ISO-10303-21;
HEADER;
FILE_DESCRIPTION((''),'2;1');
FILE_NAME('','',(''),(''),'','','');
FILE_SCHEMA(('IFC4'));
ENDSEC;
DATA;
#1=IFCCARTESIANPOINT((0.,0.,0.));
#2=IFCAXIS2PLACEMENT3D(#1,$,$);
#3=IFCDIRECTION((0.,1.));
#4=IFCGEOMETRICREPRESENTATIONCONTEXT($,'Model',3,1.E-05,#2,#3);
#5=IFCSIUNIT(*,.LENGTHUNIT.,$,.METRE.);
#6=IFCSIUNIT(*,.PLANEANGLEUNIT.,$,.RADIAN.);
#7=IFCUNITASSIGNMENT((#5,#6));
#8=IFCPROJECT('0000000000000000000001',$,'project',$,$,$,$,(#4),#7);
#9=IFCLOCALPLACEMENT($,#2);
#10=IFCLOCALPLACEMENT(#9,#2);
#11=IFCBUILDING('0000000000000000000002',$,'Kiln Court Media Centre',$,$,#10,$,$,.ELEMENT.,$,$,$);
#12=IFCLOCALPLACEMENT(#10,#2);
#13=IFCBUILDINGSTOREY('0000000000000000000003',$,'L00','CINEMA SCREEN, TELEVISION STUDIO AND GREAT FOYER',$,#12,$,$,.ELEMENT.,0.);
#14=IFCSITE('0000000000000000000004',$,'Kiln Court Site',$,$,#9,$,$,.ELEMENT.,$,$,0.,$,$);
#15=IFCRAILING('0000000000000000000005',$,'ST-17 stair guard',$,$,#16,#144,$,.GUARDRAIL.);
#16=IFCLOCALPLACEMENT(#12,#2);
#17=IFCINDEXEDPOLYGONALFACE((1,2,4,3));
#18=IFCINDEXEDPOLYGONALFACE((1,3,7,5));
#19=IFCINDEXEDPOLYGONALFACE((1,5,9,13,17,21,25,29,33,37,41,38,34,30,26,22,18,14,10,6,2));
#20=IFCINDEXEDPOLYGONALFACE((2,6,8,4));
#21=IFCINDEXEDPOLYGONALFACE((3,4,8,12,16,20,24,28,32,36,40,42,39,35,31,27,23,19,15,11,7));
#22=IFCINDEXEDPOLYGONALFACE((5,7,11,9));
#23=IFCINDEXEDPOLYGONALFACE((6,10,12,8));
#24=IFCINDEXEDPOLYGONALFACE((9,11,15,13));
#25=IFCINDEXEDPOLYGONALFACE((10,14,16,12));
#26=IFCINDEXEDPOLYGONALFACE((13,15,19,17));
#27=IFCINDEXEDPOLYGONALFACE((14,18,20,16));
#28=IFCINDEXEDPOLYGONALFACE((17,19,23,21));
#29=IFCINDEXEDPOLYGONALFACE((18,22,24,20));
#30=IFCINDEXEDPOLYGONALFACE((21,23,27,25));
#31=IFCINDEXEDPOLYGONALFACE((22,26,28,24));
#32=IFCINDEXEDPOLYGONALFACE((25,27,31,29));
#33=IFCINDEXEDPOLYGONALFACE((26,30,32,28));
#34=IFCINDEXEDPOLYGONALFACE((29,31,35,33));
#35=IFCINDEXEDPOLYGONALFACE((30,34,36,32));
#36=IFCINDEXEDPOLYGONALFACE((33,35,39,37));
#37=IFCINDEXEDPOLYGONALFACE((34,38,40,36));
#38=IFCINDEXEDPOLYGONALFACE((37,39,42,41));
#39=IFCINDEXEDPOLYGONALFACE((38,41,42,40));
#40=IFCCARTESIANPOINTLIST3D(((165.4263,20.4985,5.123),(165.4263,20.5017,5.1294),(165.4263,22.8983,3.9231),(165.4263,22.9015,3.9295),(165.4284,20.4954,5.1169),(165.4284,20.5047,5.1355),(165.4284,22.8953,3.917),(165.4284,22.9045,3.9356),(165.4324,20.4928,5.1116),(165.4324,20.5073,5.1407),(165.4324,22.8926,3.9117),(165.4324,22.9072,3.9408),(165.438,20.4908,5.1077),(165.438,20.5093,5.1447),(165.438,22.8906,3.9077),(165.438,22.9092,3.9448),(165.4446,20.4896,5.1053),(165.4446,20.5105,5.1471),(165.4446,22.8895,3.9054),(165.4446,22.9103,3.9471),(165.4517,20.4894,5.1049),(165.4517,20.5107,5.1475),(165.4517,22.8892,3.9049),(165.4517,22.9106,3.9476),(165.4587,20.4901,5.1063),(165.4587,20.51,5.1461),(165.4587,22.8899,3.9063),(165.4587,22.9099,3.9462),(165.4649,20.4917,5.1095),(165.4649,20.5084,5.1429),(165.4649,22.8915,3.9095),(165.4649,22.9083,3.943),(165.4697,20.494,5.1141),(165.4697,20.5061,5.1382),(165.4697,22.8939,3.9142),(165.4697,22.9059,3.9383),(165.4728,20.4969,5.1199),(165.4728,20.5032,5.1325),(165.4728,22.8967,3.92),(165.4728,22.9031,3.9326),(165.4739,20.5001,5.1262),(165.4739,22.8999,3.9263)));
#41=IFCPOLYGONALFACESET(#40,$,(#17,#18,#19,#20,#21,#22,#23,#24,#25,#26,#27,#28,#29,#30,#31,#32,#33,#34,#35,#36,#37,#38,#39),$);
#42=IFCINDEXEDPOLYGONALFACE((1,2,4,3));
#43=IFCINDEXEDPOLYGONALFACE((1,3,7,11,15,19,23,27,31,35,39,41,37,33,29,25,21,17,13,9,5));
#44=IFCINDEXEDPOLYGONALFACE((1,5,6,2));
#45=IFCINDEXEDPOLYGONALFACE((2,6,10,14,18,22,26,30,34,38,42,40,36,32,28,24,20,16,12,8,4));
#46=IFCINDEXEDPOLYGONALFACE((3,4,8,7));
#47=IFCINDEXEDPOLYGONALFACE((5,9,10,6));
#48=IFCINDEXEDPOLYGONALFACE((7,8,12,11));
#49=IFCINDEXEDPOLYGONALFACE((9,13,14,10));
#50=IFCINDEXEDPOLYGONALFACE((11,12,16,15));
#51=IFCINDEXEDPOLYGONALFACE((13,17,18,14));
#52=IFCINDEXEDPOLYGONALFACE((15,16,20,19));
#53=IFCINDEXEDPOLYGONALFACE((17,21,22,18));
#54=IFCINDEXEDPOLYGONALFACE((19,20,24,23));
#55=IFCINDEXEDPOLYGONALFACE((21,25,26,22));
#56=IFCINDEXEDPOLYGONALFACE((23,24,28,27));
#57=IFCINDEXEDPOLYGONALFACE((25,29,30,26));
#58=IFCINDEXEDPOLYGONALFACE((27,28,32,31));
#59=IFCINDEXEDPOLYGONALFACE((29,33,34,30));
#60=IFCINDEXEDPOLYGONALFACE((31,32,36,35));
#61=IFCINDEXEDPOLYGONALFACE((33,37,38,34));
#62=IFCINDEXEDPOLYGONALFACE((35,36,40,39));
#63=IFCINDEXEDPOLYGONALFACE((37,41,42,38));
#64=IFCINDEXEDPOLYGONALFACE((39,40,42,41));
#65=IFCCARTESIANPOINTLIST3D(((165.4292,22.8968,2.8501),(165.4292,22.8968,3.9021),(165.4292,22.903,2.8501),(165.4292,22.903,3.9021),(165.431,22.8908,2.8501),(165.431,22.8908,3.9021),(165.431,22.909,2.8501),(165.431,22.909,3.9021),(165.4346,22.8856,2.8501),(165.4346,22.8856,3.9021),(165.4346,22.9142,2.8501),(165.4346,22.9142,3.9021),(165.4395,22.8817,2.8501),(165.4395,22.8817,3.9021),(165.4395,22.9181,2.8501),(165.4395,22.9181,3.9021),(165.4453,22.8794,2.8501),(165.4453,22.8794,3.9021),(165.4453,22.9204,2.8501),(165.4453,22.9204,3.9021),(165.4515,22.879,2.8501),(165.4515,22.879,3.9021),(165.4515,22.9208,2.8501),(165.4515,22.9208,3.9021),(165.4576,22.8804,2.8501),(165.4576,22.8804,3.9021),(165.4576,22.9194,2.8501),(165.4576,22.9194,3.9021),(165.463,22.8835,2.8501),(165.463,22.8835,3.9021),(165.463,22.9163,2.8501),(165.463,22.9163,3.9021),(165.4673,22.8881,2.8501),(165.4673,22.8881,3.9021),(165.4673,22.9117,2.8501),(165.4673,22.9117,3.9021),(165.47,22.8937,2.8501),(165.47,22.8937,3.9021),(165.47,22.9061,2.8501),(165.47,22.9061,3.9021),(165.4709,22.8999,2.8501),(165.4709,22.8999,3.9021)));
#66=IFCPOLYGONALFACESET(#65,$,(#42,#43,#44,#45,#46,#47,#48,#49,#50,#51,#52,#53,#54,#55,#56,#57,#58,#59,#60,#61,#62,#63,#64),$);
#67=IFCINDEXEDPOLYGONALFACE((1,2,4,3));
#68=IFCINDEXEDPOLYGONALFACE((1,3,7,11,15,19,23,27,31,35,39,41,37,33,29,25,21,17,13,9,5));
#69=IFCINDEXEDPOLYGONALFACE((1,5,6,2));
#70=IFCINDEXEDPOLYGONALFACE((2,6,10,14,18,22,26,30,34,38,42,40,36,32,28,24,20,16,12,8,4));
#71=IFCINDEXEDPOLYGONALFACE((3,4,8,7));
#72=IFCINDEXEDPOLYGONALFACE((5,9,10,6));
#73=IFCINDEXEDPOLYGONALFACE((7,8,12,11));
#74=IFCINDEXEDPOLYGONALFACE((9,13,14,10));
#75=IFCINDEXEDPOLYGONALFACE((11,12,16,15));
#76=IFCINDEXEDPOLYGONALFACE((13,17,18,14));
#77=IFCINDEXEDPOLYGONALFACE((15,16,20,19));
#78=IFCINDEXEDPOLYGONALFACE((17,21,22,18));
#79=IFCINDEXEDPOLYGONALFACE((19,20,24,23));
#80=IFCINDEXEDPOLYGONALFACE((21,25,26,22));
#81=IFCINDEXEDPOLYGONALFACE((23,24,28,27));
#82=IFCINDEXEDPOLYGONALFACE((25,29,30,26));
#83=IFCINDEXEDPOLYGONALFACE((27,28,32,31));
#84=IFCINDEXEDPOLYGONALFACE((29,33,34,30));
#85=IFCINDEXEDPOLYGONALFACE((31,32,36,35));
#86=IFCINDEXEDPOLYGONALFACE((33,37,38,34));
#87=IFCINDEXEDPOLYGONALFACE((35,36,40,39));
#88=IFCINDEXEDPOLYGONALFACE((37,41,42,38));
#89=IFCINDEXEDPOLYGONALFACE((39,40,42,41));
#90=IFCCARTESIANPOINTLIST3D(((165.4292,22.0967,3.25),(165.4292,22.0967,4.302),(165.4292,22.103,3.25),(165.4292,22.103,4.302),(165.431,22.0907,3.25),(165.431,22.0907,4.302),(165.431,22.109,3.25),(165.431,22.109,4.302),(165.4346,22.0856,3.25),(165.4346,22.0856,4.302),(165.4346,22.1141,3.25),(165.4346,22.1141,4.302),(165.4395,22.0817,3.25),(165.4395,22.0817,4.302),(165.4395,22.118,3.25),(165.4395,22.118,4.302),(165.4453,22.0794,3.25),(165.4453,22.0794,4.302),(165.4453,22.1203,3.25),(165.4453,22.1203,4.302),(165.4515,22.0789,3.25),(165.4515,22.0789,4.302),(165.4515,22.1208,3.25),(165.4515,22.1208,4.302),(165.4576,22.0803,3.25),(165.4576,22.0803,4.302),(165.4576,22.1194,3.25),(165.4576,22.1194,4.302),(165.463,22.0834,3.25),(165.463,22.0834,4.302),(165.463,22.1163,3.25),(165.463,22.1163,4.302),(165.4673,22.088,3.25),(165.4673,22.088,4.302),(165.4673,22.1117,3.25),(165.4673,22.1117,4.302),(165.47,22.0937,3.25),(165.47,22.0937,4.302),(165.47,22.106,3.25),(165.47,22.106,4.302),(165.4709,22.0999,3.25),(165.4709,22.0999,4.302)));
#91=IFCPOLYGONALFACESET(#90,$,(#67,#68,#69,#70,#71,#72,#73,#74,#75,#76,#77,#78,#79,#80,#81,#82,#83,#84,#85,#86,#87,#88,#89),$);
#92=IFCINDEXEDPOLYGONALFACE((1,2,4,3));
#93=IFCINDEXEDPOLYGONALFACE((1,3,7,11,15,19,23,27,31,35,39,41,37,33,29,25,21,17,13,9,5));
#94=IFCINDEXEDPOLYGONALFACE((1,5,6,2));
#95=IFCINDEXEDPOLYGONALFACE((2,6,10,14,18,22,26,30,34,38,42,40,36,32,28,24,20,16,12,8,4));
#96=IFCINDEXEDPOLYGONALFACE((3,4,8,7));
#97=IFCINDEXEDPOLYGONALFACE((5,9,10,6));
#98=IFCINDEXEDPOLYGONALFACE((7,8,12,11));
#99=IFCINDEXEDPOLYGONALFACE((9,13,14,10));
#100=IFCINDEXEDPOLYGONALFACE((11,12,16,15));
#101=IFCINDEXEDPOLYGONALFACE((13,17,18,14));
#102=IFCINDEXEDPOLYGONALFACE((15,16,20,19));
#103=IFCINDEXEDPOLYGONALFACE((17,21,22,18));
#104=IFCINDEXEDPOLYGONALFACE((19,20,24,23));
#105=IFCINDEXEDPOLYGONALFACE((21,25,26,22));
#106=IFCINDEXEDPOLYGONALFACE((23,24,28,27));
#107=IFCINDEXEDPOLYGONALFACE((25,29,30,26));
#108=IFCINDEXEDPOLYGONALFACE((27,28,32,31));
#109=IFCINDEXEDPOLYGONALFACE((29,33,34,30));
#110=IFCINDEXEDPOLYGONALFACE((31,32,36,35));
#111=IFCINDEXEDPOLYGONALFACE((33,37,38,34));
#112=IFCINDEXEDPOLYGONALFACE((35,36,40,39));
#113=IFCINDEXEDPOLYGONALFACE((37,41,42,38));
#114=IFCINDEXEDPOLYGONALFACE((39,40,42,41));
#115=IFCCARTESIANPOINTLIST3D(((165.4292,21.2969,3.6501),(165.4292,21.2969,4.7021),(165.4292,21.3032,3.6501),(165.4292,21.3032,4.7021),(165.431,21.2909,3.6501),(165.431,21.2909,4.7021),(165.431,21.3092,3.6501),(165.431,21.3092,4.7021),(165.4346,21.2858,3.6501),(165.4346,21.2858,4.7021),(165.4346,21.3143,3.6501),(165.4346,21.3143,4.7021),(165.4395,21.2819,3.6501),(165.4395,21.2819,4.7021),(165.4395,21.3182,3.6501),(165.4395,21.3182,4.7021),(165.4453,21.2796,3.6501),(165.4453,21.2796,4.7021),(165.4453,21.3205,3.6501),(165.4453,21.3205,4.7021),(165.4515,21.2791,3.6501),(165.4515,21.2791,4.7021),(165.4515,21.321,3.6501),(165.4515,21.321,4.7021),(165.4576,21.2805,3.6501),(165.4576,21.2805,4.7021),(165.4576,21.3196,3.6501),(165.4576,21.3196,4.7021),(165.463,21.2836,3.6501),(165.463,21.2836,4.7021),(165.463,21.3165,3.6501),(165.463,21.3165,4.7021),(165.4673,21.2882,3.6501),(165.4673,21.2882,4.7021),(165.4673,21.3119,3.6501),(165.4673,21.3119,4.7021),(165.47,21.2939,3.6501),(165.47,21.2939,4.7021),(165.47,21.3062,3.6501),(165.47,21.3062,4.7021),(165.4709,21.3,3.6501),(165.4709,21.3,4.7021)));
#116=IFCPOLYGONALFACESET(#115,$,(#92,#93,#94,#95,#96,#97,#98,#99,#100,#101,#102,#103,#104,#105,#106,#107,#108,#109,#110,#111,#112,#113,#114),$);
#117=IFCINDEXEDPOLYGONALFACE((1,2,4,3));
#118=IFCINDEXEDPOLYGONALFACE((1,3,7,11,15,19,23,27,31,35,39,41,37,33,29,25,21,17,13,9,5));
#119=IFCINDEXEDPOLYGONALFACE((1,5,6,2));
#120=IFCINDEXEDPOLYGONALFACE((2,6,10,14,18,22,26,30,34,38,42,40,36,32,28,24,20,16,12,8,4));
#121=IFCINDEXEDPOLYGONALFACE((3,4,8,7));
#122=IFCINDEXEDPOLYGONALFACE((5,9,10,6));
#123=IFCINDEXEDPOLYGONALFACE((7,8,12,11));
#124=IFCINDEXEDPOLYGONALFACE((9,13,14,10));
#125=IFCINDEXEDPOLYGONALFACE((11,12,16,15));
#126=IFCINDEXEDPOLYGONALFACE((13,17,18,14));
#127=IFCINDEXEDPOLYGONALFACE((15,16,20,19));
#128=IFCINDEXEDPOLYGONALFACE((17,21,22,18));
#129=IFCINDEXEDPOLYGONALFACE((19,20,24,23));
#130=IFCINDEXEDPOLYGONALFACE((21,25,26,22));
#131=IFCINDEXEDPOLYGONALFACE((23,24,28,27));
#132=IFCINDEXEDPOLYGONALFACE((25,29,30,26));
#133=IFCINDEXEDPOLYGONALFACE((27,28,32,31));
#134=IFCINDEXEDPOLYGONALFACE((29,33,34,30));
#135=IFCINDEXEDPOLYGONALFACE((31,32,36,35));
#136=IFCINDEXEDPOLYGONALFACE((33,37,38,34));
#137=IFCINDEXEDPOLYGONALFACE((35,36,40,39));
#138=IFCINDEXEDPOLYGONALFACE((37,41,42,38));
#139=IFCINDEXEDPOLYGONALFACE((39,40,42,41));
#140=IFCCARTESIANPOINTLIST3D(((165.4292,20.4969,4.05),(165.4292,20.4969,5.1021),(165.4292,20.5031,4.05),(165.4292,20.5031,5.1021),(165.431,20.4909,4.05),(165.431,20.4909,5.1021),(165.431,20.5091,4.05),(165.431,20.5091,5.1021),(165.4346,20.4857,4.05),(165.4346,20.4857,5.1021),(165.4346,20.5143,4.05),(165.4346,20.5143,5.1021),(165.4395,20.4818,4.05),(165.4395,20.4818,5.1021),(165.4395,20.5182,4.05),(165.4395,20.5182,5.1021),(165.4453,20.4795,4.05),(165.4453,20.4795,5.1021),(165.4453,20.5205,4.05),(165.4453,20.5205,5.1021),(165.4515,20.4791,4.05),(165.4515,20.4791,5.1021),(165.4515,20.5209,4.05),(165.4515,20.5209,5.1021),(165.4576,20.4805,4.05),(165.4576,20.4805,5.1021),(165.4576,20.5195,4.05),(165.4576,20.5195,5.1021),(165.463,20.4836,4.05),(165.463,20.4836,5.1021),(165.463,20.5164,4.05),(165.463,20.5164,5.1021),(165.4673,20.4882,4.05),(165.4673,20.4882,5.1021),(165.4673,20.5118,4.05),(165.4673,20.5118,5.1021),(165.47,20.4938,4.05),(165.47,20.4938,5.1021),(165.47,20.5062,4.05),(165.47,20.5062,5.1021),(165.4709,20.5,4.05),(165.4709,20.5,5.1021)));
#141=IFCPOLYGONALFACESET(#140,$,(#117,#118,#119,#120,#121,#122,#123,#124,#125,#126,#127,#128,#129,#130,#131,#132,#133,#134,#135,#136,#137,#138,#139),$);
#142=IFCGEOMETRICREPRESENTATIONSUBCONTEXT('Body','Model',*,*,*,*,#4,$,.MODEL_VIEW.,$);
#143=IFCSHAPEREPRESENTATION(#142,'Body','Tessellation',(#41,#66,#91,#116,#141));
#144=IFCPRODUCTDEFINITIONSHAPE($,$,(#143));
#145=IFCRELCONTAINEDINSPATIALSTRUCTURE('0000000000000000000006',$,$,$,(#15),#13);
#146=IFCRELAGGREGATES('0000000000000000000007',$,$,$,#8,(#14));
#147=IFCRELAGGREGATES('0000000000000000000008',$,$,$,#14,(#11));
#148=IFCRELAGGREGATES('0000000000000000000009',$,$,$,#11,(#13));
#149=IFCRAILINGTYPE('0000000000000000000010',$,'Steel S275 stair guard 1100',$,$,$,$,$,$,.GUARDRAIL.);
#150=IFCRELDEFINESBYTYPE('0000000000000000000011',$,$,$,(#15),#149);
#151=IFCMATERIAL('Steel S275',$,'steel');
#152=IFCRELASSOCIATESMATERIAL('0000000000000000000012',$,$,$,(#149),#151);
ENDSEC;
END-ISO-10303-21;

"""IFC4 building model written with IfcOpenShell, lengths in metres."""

from ifc_helpers import new_model, si_unit, direction, frame, origin, origin_2d, place, context, subcontext, project, spatial, circle, extrude, material, type_object, element, save


model = new_model("IFC4")

# Units and contexts
model_context = context("Model", 3, precision=1e-05, world=origin(), true_north=direction((0.0, 1.0)))
body_context = subcontext(model_context, "Body", "Model", "MODEL_VIEW")
ifc_project = project(units=[si_unit("LENGTHUNIT", "METRE"), si_unit("PLANEANGLEUNIT", "RADIAN")], contexts=[model_context])

# Site, building, storey
site_placement = place(None, origin())
site = spatial("IfcSite", under=ifc_project, at=site_placement, Name="Kiln Court Site", CompositionType="ELEMENT", RefElevation=0.0)
building_placement = place(site_placement, origin())
building = spatial("IfcBuilding", under=site, at=building_placement, Name="Kiln Court Media Centre", CompositionType="ELEMENT")
storey_placement = place(building_placement, origin())
storey = spatial("IfcBuildingStorey", under=building, at=storey_placement, Name="L00", Description="CINEMA SCREEN, TELEVISION STUDIO AND GREAT FOYER", CompositionType="ELEMENT", Elevation=0.0)

# Railing
ifc_material_1 = material(Name="Steel S275", Category="steel")
railing_type_1 = type_object("IfcRailingType", Name="Steel S275 stair guard 1100", PredefinedType="GUARDRAIL", material=ifc_material_1)
railing_1_placement = place(storey_placement, frame((165.45, 22.8999, 2.8501)))
element("IfcRailing", 1, at=railing_1_placement, inside=storey, type_object=railing_type_1, Name="ST-17 stair guard", PredefinedType="GUARDRAIL", context=body_context, shape_type="SweptSolid", body=[
    extrude(circle(Radius=0.0239, at=origin_2d()), frame((0.0, 0.0, 1.0762), z_axis=(0.0, -0.894427, 0.447214), x_axis=(1.0, 0.0, 0.0)), (0.0, 0.0, 1.0), 2.6831),
    extrude(circle(Radius=0.021, at=origin_2d()), origin(), (0.0, 0.0, 1.0), 1.052),
    extrude(circle(Radius=0.021, at=origin_2d()), frame((0.0, -0.8, 0.3999)), (0.0, 0.0, 1.0), 1.052),
    extrude(circle(Radius=0.021, at=origin_2d()), frame((0.0, -1.5999, 0.8)), (0.0, 0.0, 1.0), 1.052),
    extrude(circle(Radius=0.021, at=origin_2d()), frame((0.0, -2.3999, 1.2)), (0.0, 0.0, 1.0), 1.052),
])

save(model, "model.ifc")
